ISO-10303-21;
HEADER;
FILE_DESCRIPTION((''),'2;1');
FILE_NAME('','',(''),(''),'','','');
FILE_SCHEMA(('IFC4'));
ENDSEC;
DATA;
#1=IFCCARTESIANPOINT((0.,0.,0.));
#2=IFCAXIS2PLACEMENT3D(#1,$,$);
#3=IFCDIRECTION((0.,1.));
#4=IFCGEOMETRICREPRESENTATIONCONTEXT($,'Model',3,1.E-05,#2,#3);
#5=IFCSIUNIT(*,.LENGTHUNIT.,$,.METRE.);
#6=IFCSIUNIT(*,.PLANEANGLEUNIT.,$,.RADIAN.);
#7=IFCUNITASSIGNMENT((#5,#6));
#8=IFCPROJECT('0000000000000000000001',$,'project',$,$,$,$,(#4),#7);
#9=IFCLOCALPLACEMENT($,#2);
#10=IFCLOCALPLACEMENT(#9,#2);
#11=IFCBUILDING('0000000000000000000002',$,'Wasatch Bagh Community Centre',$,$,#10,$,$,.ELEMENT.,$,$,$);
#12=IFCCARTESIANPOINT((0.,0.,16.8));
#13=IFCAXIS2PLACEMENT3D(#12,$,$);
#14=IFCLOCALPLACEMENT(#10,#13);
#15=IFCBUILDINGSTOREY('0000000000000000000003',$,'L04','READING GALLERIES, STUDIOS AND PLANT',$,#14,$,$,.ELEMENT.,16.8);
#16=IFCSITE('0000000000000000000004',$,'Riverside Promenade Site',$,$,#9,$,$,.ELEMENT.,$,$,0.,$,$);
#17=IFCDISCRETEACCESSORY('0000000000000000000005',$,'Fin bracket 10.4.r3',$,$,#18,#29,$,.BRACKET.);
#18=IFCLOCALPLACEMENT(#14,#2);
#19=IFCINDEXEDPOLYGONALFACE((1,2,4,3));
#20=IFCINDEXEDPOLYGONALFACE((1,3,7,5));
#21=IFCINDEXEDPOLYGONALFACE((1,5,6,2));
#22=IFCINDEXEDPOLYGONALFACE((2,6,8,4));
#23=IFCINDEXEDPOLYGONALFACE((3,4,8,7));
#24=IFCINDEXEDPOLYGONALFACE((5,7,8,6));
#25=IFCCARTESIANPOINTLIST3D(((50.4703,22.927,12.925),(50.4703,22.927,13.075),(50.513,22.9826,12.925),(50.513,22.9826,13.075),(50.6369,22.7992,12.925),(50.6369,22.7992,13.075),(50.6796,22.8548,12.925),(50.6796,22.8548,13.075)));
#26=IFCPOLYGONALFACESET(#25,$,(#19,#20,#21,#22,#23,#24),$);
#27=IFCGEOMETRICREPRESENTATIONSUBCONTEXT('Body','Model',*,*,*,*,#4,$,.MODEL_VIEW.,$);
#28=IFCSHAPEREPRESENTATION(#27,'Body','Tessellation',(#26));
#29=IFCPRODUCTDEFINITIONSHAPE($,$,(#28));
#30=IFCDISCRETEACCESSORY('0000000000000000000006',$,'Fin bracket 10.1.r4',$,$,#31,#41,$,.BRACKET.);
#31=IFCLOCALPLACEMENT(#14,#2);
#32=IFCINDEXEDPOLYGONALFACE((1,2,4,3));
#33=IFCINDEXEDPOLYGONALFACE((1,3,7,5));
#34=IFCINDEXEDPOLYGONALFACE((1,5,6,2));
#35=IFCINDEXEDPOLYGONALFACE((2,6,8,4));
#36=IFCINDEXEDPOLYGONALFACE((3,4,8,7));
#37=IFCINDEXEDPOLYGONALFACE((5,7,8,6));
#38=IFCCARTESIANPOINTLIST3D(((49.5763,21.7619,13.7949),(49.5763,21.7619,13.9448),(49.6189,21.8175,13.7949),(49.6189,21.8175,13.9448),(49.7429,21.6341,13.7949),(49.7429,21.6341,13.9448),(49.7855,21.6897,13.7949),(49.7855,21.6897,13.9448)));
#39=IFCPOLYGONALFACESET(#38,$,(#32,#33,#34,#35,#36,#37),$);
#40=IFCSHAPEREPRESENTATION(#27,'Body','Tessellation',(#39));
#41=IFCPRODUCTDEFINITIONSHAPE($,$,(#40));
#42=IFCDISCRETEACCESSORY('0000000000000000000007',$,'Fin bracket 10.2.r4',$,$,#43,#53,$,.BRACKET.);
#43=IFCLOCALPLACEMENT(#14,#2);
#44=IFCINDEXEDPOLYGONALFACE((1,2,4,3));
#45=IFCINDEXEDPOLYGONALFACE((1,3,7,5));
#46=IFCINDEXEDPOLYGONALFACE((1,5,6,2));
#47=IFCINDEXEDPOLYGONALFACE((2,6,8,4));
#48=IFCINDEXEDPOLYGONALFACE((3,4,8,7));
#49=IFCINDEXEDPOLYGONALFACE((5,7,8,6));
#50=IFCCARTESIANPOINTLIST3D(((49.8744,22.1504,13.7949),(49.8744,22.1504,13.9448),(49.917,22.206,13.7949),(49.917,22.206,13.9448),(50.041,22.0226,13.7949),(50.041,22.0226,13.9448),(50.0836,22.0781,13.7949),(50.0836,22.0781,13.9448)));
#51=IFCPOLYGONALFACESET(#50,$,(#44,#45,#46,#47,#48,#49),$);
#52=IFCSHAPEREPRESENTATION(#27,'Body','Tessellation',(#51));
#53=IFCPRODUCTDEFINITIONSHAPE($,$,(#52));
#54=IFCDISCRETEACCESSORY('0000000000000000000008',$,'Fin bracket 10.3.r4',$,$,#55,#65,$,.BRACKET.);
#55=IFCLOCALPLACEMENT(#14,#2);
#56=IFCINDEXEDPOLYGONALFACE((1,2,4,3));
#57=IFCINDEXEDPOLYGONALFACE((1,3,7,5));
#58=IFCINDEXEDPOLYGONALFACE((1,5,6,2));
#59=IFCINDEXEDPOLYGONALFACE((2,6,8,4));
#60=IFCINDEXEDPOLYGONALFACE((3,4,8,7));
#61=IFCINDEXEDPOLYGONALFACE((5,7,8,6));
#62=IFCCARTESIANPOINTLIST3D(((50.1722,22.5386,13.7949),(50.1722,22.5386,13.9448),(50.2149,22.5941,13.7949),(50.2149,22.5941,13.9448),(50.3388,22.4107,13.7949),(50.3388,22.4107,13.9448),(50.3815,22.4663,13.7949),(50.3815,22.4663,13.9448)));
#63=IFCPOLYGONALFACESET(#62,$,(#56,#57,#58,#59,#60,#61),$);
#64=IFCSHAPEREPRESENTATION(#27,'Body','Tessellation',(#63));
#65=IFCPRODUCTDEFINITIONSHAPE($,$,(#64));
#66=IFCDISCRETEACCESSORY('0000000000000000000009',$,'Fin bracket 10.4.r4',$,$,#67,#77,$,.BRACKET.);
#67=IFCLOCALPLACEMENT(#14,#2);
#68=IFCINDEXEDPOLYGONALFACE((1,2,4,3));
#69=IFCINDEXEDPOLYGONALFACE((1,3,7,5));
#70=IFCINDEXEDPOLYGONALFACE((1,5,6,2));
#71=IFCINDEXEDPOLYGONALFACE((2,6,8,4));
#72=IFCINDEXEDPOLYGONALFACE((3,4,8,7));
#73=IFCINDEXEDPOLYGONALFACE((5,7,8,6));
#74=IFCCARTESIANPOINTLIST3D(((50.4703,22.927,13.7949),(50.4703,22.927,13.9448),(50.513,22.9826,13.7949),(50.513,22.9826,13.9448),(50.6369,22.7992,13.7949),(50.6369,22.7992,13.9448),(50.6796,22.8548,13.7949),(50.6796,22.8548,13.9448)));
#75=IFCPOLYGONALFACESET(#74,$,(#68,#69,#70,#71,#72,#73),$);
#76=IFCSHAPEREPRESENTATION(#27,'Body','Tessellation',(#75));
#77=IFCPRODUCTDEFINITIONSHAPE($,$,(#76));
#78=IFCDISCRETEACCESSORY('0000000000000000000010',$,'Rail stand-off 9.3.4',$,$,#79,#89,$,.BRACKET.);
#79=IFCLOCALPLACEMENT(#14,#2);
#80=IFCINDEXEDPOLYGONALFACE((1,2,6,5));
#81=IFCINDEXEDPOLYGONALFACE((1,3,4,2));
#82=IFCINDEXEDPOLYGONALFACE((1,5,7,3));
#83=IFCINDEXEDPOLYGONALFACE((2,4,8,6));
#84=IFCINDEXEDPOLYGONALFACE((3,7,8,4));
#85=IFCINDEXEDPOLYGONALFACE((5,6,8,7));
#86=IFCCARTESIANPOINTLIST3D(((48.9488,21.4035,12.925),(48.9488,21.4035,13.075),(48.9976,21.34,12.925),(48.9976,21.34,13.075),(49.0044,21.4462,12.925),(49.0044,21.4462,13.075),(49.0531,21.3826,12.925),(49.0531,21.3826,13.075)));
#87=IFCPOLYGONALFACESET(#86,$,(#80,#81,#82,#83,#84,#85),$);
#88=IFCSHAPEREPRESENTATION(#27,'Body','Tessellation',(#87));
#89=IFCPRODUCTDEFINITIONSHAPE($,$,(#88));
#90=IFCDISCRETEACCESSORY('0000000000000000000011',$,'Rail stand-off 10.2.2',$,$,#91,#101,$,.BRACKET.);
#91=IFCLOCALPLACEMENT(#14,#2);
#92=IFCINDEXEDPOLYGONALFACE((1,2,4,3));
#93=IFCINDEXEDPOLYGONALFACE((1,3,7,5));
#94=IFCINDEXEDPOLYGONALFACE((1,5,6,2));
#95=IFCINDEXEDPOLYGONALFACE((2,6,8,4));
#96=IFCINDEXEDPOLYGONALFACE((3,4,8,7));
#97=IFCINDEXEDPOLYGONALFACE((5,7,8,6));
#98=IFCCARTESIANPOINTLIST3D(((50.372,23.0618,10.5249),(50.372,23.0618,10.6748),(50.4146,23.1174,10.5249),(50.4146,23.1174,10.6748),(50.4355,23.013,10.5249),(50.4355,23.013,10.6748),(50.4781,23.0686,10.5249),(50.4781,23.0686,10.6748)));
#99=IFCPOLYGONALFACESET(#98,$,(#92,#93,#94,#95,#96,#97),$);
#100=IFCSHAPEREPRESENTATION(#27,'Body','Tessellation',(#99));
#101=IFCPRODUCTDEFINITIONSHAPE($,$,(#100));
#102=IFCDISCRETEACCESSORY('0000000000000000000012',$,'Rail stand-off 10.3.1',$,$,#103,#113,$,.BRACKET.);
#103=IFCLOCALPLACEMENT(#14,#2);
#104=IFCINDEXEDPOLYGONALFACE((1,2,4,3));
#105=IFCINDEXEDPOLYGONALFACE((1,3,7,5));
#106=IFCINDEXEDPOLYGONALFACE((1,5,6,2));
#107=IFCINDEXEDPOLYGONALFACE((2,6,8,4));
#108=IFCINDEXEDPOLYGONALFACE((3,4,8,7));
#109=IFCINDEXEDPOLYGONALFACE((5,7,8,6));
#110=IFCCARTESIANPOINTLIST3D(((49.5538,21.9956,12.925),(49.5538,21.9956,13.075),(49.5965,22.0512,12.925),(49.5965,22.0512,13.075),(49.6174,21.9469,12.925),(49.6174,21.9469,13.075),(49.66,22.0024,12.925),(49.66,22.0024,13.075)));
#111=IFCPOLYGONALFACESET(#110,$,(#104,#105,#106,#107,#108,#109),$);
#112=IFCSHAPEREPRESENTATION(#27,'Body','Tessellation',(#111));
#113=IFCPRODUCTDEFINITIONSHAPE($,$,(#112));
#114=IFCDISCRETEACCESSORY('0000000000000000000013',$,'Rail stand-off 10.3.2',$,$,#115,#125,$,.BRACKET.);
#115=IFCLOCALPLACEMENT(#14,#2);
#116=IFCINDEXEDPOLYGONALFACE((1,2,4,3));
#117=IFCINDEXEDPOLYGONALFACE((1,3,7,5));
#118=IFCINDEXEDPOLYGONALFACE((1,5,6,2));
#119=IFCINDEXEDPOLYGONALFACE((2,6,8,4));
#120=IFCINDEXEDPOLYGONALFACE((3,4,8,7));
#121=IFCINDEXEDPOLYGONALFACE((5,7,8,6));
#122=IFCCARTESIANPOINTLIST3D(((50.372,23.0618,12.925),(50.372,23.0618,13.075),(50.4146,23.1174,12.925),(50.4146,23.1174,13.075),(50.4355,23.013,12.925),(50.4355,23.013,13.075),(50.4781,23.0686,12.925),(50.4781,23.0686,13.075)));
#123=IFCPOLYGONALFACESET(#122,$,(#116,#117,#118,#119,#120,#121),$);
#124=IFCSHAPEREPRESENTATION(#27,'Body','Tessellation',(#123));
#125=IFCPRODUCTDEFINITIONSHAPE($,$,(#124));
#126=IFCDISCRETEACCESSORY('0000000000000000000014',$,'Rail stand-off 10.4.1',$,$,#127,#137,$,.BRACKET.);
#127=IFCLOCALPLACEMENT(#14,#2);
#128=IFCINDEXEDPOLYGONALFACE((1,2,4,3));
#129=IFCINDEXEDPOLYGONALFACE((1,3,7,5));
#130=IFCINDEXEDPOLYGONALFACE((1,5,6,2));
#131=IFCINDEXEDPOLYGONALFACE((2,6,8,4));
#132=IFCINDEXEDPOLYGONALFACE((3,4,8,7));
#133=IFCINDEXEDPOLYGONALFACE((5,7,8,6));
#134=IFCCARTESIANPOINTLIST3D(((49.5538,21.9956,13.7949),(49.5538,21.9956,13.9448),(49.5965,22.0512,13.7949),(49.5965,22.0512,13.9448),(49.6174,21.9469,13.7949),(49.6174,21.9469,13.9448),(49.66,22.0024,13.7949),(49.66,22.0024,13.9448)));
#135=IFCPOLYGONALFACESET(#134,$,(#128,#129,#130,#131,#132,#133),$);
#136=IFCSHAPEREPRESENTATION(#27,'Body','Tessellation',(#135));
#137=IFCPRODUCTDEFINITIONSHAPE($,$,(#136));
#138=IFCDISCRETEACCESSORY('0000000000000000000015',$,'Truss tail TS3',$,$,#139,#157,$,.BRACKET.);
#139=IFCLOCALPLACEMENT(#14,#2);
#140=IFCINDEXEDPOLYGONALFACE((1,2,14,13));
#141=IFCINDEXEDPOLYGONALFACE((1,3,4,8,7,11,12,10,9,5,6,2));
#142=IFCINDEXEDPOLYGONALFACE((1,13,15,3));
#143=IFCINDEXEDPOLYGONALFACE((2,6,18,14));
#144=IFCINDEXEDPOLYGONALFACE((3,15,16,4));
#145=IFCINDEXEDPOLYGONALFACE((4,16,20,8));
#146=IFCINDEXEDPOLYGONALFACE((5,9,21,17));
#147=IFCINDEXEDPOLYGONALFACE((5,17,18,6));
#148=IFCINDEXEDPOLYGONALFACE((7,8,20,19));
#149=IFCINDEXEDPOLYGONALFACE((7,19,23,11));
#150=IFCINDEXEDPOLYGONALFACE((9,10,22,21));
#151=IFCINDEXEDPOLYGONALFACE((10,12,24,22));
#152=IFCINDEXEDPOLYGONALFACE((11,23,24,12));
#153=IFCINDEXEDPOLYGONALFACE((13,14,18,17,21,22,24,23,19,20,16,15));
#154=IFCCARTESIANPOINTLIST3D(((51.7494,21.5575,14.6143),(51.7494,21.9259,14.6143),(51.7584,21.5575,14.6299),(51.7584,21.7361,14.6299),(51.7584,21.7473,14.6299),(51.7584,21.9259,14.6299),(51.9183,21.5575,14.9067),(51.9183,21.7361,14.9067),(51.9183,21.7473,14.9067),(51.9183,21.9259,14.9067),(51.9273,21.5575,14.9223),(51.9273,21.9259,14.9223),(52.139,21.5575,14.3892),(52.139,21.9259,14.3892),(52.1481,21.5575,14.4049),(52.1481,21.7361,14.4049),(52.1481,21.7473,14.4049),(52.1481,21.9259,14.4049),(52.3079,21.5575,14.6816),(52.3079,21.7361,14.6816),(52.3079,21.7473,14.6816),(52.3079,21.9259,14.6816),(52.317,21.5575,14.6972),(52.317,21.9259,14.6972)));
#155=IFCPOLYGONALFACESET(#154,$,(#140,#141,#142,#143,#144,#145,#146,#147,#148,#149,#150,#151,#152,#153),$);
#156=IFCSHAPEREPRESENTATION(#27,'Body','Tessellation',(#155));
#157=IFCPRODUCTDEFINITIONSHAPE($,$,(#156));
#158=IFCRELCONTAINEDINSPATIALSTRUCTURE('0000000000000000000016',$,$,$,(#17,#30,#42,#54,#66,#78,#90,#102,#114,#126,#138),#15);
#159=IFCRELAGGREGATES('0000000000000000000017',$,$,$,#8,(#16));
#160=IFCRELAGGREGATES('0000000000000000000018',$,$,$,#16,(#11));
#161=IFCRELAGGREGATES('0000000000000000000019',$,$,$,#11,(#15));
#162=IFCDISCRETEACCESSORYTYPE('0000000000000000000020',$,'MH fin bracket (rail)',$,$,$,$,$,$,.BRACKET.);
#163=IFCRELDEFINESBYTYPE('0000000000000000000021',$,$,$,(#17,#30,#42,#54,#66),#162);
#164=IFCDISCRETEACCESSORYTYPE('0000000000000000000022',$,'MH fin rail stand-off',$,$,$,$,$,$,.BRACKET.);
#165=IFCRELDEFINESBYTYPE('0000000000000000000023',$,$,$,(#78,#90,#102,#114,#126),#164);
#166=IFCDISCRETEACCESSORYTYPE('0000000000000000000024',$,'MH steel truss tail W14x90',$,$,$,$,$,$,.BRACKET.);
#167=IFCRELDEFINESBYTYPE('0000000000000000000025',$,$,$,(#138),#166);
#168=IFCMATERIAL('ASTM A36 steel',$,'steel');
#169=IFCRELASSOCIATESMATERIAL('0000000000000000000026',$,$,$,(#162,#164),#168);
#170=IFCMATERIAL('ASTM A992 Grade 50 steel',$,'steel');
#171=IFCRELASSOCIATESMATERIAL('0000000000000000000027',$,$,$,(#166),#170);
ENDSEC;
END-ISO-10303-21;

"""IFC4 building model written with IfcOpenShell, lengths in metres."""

from ifc_helpers import new_model, si_unit, direction, frame, origin, origin_2d, place, context, subcontext, project, spatial, rectangle, i_section, extrude, material, material_profile, profile_set, type_object, element, save


model = new_model("IFC4")

# Units and contexts
model_context = context("Model", 3, precision=1e-05, world=origin(), true_north=direction((0.0, 1.0)))
body_context = subcontext(model_context, "Body", "Model", "MODEL_VIEW")
ifc_project = project(units=[si_unit("LENGTHUNIT", "METRE"), si_unit("PLANEANGLEUNIT", "RADIAN")], contexts=[model_context])

# Site, building, storey
site_placement = place(None, origin())
site = spatial("IfcSite", under=ifc_project, at=site_placement, Name="Riverside Promenade Site", CompositionType="ELEMENT", RefElevation=0.0)
building_placement = place(site_placement, origin())
building = spatial("IfcBuilding", under=site, at=building_placement, Name="Wasatch Bagh Community Centre", CompositionType="ELEMENT")
storey_placement = place(building_placement, frame((0.0, 0.0, 16.8)))
storey = spatial("IfcBuildingStorey", under=building, at=storey_placement, Name="L04", Description="READING GALLERIES, STUDIOS AND PLANT", CompositionType="ELEMENT", Elevation=16.8)

# Discrete accessories
ifc_material_1 = material(Name="ASTM A36 steel", Category="steel")
discrete_accessory_type_1 = type_object("IfcDiscreteAccessoryType", Name="MH fin bracket (rail)", PredefinedType="BRACKET", material=ifc_material_1)
for number, where, z_axis, x_axis, name in (
    (1, (50.575, 22.8909, 12.925), (0.0, 0.0, 1.0), (0.608761, 0.793353, 0.0), "Fin bracket 10.4.r3"),
    (2, (49.6809, 21.7258, 13.7949), (0.0, 0.0, 1.0), (0.608761, 0.793353, 0.0), "Fin bracket 10.1.r4"),
    (3, (49.979, 22.1143, 13.7949), (0.0, 0.0, 1.0), (0.608761, 0.793353, 0.0), "Fin bracket 10.2.r4"),
    (4, (50.2769, 22.5024, 13.7949), (0.0, 0.0, 1.0), (0.608761, 0.793353, 0.0), "Fin bracket 10.3.r4"),
    (5, (50.575, 22.8909, 13.7949), (0.0, 0.0, 1.0), (0.608761, 0.793353, 0.0), "Fin bracket 10.4.r4"),
):
    element("IfcDiscreteAccessory", number, at=place(storey_placement, frame(where, z_axis=z_axis, x_axis=x_axis)), inside=storey, type_object=discrete_accessory_type_1, Name=name, PredefinedType="BRACKET", context=body_context, shape_type="SweptSolid", body=[
        extrude(rectangle(XDim=0.0701, YDim=0.21, at=origin_2d()), origin(), (0.0, 0.0, 1.0), 0.1499),
    ])
discrete_accessory_type_2 = type_object("IfcDiscreteAccessoryType", Name="MH fin rail stand-off", PredefinedType="BRACKET", material=ifc_material_1)
for number, where, z_axis, x_axis, name in (
    (6, (49.001, 21.3931, 12.925), (0.0, 0.0, 1.0), (0.793353, 0.608761, 0.0), "Rail stand-off 9.3.4"),
    (7, (50.425, 23.0652, 10.5249), (0.0, 0.0, 1.0), (0.608761, 0.793353, 0.0), "Rail stand-off 10.2.2"),
    (8, (49.6069, 21.999, 12.925), (0.0, 0.0, 1.0), (0.608761, 0.793353, 0.0), "Rail stand-off 10.3.1"),
    (9, (50.425, 23.0652, 12.925), (0.0, 0.0, 1.0), (0.608761, 0.793353, 0.0), "Rail stand-off 10.3.2"),
    (10, (49.6069, 21.999, 13.7949), (0.0, 0.0, 1.0), (0.608761, 0.793353, 0.0), "Rail stand-off 10.4.1"),
):
    element("IfcDiscreteAccessory", number, at=place(storey_placement, frame(where, z_axis=z_axis, x_axis=x_axis)), inside=storey, type_object=discrete_accessory_type_2, Name=name, PredefinedType="BRACKET", context=body_context, shape_type="SweptSolid", body=[
        extrude(rectangle(XDim=0.0701, YDim=0.0801, at=origin_2d()), origin(), (0.0, 0.0, 1.0), 0.1499),
    ])
ifc_material_2 = material(Name="ASTM A992 Grade 50 steel", Category="steel")
ifc_material_profile_1 = material_profile(ifc_material_2, i_section(OverallWidth=0.3684, OverallDepth=0.3557, WebThickness=0.0112, FlangeThickness=0.0181, at=origin_2d()), Name="W14x90")
ifc_profile_set_1 = profile_set([ifc_material_profile_1], Name="ASTM A992 Grade 50 steel")
discrete_accessory_type_3 = type_object("IfcDiscreteAccessoryType", Name="MH steel truss tail W14x90", PredefinedType="BRACKET", material=ifc_profile_set_1)
discrete_accessory_1_placement = place(storey_placement, frame((51.8384, 21.7417, 14.7683), z_axis=(0.865896, 0.0, -0.500223), x_axis=(0.0, 1.0, 0.0)))
element("IfcDiscreteAccessory", 11, at=discrete_accessory_1_placement, inside=storey, type_object=discrete_accessory_type_3, Name="Truss tail TS3", PredefinedType="BRACKET", context=body_context, shape_type="SweptSolid", body=[
    extrude(i_section(OverallWidth=0.3684, OverallDepth=0.3557, WebThickness=0.0112, FlangeThickness=0.0181, at=origin_2d()), origin(), (0.0, 0.0, 1.0), 0.45),
])

save(model, "model.ifc")
